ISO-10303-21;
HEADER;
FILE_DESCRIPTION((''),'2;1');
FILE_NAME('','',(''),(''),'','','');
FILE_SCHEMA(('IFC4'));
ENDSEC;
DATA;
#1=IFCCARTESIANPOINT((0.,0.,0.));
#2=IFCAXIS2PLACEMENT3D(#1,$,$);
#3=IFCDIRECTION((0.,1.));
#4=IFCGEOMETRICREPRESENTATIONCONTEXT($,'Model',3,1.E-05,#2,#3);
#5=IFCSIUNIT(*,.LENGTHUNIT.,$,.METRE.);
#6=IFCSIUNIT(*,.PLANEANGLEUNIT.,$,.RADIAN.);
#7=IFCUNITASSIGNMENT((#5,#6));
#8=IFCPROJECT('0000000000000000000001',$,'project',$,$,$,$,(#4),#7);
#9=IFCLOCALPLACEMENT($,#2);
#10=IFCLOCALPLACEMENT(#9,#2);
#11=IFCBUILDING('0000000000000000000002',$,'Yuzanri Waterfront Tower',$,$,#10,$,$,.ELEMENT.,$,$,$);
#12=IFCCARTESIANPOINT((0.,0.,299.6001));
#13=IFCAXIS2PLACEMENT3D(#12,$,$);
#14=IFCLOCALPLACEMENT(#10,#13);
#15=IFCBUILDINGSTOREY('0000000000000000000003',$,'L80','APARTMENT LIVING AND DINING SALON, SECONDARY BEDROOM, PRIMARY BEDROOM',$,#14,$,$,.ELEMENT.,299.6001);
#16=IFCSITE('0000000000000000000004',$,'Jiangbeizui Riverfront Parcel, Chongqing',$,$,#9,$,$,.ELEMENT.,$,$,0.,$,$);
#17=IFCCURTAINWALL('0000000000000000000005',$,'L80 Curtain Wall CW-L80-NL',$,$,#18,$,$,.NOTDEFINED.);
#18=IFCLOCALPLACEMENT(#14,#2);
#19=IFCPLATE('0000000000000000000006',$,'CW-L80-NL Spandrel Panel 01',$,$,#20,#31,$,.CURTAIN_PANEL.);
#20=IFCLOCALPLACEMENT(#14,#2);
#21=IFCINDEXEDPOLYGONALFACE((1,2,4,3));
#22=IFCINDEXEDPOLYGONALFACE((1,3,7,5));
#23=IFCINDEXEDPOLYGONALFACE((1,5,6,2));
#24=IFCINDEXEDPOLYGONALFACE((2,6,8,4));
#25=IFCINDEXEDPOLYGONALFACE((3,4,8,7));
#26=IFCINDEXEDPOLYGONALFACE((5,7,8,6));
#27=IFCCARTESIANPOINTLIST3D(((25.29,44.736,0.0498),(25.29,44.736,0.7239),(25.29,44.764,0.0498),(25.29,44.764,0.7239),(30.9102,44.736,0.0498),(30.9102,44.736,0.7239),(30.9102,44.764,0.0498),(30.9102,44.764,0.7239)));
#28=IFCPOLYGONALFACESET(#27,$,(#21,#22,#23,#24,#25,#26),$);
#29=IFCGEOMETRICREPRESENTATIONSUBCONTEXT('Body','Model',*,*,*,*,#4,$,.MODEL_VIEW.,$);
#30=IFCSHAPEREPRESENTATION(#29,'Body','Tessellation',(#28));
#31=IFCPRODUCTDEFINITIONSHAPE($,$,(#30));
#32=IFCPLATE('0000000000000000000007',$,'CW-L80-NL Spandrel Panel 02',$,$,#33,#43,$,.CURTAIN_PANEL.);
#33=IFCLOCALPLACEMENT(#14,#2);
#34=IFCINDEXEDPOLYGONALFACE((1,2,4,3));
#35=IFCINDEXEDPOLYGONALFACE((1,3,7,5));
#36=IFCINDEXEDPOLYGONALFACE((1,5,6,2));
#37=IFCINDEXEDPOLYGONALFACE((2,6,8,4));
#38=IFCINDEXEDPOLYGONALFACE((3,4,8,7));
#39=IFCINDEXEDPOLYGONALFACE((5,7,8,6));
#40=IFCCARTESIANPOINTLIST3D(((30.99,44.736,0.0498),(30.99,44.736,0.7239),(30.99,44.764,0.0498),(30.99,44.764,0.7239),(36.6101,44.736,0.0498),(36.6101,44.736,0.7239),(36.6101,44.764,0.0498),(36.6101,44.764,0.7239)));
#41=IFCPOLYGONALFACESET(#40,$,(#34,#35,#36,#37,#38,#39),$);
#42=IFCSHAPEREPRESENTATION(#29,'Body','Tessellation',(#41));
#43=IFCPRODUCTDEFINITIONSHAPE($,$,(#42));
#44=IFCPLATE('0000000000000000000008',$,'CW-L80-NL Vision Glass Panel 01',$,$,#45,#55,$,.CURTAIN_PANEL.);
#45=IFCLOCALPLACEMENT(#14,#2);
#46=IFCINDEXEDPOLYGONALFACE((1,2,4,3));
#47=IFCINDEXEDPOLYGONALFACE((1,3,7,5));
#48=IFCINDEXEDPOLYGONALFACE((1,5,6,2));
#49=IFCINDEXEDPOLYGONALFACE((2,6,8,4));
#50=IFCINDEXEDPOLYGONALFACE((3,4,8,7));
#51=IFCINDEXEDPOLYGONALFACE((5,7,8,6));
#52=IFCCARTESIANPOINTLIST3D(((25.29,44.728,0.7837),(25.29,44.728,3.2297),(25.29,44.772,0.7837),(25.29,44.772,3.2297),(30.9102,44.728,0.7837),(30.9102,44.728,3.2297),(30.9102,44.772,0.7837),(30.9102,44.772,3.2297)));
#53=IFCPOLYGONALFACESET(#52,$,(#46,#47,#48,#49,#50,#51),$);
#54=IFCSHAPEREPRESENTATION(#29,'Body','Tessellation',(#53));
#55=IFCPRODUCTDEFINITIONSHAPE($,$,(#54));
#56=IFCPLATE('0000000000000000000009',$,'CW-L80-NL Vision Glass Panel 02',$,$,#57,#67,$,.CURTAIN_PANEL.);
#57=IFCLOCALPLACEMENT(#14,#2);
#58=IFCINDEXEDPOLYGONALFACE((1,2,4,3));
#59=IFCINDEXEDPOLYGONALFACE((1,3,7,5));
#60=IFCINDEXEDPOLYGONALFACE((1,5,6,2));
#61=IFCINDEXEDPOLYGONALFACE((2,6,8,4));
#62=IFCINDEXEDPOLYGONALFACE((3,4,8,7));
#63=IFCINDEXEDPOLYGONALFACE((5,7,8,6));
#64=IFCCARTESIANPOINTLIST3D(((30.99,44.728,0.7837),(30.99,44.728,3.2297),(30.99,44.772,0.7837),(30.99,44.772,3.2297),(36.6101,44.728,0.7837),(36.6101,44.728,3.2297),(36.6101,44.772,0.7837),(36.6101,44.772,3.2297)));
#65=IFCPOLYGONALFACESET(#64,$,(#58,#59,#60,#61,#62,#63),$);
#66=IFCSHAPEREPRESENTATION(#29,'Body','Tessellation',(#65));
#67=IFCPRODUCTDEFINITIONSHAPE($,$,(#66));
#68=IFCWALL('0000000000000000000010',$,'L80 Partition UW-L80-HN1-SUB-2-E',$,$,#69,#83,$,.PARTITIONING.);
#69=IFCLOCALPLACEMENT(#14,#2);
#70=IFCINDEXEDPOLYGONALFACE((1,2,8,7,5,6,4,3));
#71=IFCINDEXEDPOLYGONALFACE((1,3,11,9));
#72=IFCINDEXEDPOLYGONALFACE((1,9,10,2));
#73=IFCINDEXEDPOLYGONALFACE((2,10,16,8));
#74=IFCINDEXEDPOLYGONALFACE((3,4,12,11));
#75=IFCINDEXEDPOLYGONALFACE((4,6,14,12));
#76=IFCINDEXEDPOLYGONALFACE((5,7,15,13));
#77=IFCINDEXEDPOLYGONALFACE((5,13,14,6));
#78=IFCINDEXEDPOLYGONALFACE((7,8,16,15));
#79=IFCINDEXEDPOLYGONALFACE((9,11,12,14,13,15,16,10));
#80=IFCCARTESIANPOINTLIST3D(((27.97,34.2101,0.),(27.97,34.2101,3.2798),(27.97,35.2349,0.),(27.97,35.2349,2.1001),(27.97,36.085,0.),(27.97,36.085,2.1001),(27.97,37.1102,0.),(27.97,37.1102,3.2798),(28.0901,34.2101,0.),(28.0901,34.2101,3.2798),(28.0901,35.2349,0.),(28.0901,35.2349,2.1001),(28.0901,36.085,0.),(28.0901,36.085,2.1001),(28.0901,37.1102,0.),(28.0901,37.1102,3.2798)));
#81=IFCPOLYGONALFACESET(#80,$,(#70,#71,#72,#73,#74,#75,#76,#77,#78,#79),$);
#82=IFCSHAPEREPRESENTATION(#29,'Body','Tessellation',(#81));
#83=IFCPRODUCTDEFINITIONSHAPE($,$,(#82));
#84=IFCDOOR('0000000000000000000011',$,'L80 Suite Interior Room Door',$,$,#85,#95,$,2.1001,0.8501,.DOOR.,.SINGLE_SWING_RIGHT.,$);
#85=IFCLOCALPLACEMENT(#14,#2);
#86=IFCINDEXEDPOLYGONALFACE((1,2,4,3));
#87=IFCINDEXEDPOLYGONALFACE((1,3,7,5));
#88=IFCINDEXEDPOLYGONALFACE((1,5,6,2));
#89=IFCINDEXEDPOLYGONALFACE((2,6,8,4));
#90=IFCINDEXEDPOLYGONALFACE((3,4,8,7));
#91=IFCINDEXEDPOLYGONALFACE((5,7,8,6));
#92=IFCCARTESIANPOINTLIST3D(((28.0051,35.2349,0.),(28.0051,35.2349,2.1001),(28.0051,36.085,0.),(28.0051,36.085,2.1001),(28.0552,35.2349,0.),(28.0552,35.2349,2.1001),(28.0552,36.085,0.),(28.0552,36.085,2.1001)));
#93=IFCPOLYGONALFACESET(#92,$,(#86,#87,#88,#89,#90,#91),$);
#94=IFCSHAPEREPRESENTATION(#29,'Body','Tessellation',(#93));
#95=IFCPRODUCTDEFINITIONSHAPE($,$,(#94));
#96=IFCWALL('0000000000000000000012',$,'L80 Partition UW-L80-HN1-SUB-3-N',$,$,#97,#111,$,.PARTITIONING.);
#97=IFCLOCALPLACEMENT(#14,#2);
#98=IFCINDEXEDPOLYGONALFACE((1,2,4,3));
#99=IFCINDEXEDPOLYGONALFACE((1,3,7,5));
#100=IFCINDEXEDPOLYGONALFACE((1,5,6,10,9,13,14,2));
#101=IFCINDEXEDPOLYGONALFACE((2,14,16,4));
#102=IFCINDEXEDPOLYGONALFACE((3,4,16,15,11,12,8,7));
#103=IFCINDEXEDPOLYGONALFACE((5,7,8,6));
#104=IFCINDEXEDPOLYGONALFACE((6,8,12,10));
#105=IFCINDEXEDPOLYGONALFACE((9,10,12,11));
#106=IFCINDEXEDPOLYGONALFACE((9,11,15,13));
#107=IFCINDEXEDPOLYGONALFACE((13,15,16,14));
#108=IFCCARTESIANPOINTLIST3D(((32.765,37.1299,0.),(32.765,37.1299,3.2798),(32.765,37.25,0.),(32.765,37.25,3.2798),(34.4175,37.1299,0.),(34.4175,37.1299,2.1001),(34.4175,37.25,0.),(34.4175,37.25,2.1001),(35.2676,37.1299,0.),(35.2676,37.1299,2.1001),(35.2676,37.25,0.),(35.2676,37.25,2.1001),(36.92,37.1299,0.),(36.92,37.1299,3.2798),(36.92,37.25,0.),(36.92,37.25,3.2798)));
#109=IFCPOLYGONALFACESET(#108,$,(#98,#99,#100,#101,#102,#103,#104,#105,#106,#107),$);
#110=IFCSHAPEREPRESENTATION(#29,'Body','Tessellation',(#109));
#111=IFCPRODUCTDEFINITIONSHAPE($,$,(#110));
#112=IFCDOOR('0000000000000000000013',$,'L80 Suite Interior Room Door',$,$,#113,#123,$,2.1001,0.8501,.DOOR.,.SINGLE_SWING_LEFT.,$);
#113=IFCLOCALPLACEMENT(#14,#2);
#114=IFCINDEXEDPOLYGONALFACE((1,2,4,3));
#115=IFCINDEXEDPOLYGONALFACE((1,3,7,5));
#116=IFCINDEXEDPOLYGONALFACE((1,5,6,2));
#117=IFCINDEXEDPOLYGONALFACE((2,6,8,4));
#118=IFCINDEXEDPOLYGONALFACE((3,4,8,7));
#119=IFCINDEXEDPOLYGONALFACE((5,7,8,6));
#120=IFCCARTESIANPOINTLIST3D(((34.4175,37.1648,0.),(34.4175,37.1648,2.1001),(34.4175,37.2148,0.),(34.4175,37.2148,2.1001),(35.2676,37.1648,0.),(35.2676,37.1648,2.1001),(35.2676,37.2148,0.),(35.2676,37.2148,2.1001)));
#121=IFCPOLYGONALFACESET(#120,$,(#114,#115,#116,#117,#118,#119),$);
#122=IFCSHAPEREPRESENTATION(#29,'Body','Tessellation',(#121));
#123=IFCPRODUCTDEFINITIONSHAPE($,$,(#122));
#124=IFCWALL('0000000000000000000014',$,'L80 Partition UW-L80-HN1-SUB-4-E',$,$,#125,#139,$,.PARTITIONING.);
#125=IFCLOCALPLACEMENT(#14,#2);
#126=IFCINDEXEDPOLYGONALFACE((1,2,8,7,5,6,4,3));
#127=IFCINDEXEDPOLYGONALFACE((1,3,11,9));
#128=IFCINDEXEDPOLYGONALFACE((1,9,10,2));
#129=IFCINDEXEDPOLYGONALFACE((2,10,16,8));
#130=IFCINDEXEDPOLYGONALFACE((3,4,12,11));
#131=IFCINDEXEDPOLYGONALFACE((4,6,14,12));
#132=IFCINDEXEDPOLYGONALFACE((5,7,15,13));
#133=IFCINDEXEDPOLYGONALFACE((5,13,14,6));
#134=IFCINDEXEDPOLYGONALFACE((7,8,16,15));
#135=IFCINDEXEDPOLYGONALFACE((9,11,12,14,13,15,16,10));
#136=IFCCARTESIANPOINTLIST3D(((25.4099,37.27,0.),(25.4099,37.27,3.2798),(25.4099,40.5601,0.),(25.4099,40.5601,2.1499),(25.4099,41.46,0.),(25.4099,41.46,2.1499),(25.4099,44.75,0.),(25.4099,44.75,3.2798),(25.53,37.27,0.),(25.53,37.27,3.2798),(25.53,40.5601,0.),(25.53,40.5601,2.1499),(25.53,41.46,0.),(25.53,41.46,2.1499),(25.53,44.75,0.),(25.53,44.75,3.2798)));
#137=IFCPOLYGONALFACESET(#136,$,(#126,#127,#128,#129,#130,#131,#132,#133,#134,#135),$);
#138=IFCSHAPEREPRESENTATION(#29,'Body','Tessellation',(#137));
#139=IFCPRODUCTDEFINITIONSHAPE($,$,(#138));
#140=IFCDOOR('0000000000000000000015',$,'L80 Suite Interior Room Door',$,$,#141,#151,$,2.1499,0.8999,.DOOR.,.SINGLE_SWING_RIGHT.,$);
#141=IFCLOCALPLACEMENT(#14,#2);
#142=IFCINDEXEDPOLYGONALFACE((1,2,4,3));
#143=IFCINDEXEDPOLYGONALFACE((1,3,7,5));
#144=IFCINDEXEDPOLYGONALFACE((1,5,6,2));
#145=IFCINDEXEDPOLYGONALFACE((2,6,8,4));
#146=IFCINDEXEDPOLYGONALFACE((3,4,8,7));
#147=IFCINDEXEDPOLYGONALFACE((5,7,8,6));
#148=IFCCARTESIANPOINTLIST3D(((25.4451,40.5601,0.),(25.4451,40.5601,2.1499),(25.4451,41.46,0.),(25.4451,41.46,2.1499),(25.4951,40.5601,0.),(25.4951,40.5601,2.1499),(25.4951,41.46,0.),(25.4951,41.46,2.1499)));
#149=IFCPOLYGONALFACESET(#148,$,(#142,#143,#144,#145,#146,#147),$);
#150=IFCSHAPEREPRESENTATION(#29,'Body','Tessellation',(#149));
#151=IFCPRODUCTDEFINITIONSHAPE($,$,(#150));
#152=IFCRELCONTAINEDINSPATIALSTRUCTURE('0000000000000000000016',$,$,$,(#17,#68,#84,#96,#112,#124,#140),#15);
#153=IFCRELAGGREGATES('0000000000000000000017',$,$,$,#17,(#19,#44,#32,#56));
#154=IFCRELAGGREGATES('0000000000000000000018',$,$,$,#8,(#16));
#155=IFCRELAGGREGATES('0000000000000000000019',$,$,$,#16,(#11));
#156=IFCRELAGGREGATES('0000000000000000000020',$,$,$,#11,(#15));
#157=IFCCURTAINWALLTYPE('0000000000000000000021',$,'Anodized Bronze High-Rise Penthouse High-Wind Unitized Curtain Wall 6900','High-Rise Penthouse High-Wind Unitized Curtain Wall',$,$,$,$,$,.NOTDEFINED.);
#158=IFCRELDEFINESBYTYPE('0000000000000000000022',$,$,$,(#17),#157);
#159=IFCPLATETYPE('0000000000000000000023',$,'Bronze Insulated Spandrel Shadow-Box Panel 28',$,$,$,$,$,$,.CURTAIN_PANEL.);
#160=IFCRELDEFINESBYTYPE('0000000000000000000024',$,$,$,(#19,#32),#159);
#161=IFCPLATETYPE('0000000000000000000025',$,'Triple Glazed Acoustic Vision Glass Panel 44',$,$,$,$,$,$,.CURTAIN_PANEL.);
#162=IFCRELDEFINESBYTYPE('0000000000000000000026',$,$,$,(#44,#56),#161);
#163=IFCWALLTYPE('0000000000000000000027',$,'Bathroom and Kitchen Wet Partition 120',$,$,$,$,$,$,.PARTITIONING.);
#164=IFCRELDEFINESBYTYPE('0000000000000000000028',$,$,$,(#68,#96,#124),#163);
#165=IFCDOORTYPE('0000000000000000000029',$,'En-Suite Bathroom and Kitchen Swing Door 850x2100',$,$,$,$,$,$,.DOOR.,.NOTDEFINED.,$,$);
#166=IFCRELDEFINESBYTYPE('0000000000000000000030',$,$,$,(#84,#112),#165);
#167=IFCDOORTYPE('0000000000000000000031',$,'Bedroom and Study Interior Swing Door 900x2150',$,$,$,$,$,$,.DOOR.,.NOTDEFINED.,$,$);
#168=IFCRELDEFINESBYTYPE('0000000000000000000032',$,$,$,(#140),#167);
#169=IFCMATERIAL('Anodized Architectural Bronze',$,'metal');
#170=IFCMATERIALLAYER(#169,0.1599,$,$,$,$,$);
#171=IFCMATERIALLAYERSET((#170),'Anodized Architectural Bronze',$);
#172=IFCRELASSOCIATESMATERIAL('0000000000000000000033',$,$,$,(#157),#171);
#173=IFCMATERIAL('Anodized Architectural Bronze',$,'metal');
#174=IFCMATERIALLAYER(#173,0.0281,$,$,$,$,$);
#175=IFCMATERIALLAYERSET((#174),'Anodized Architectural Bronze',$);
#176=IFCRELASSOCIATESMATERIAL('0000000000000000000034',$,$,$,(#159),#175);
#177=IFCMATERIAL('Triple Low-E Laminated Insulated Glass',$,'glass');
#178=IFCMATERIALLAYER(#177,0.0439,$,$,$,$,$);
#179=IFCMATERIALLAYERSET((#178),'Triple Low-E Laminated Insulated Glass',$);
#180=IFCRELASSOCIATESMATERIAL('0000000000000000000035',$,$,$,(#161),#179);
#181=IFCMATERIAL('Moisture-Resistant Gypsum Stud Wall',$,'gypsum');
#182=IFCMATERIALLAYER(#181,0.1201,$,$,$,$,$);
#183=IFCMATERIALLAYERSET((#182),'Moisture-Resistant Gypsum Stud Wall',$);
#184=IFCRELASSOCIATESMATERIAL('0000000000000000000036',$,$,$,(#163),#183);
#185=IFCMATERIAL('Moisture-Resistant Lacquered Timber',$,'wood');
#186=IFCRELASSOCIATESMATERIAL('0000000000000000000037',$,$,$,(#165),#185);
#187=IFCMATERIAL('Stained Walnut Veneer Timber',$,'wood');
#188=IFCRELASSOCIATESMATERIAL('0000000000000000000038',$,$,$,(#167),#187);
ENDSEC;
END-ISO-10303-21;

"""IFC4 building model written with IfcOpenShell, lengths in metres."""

from ifc_helpers import new_model, si_unit, direction, frame, frame_2d, origin, origin_2d, place, context, subcontext, project, spatial, rectangle, extrude, source, transform, mapped, material, layer, layer_set, type_object, element, fill, aggregate, save


model = new_model("IFC4")

# Units and contexts
model_context = context("Model", 3, precision=1e-05, world=origin(), true_north=direction((0.0, 1.0)))
body_context = subcontext(model_context, "Body", "Model", "MODEL_VIEW")
ifc_project = project(units=[si_unit("LENGTHUNIT", "METRE"), si_unit("PLANEANGLEUNIT", "RADIAN")], contexts=[model_context])

# Site, building, storey
site_placement = place(None, origin())
site = spatial("IfcSite", under=ifc_project, at=site_placement, Name="Jiangbeizui Riverfront Parcel, Chongqing", CompositionType="ELEMENT", RefElevation=0.0)
building_placement = place(site_placement, origin())
building = spatial("IfcBuilding", under=site, at=building_placement, Name="Yuzanri Waterfront Tower", CompositionType="ELEMENT")
storey_placement = place(building_placement, frame((0.0, 0.0, 299.6001)))
storey = spatial("IfcBuildingStorey", under=building, at=storey_placement, Name="L80", Description="APARTMENT LIVING AND DINING SALON, SECONDARY BEDROOM, PRIMARY BEDROOM", CompositionType="ELEMENT", Elevation=299.6001)

# Curtain wall, plates
ifc_material_1 = material(Name="Anodized Architectural Bronze", Category="metal")
ifc_layer_1 = layer(ifc_material_1, 0.1599)
ifc_layer_set_1 = layer_set([ifc_layer_1], Name="Anodized Architectural Bronze")
curtain_wall_type = type_object("IfcCurtainWallType", Name="Anodized Bronze High-Rise Penthouse High-Wind Unitized Curtain Wall 6900", Description="High-Rise Penthouse High-Wind Unitized Curtain Wall", PredefinedType="NOTDEFINED", material=ifc_layer_set_1)
curtain_wall_placement = place(storey_placement, origin())
curtain_wall = element("IfcCurtainWall", 1, at=curtain_wall_placement, inside=storey, type_object=curtain_wall_type, Name="L80 Curtain Wall CW-L80-NL", PredefinedType="NOTDEFINED")
ifc_material_2 = material(Name="Anodized Architectural Bronze", Category="metal")
ifc_layer_2 = layer(ifc_material_2, 0.0281)
ifc_layer_set_2 = layer_set([ifc_layer_2], Name="Anodized Architectural Bronze")
plate_type_1 = type_object("IfcPlateType", Name="Bronze Insulated Spandrel Shadow-Box Panel 28", PredefinedType="CURTAIN_PANEL", material=ifc_layer_set_2)
shared_shape_1 = source(origin(), body_context, "Body", "SweptSolid", [
    extrude(rectangle(XDim=5.6201, YDim=0.0281, at=origin_2d()), origin(), (0.0, 0.0, 1.0), 0.6741),
])
plate_1_placement = place(storey_placement, frame((28.1001, 44.75, 0.0498), z_axis=(0.0, 0.0, 1.0), x_axis=(1.0, 0.0, 0.0)))
plate_1 = element("IfcPlate", 2, at=plate_1_placement, type_object=plate_type_1, Name="CW-L80-NL Spandrel Panel 01", PredefinedType="CURTAIN_PANEL", context=body_context, shape_type="MappedRepresentation", body=[
    mapped(shared_shape_1, transform((0.0, 0.0, 0.0), scale=1.0)),
])
plate_2_placement = place(storey_placement, frame((33.8, 44.75, 0.0498), z_axis=(0.0, 0.0, 1.0), x_axis=(1.0, 0.0, 0.0)))
plate_2 = element("IfcPlate", 3, at=plate_2_placement, type_object=plate_type_1, Name="CW-L80-NL Spandrel Panel 02", PredefinedType="CURTAIN_PANEL", context=body_context, shape_type="MappedRepresentation", body=[
    mapped(shared_shape_1, transform((0.0, 0.0, 0.0), scale=1.0)),
])
ifc_material_3 = material(Name="Triple Low-E Laminated Insulated Glass", Category="glass")
ifc_layer_3 = layer(ifc_material_3, 0.0439)
ifc_layer_set_3 = layer_set([ifc_layer_3], Name="Triple Low-E Laminated Insulated Glass")
plate_type_2 = type_object("IfcPlateType", Name="Triple Glazed Acoustic Vision Glass Panel 44", PredefinedType="CURTAIN_PANEL", material=ifc_layer_set_3)
shared_shape_2 = source(origin(), body_context, "Body", "SweptSolid", [
    extrude(rectangle(XDim=5.6201, YDim=0.0439, at=origin_2d()), origin(), (0.0, 0.0, 1.0), 2.446),
])
plate_3_placement = place(storey_placement, frame((28.1001, 44.75, 0.7837), z_axis=(0.0, 0.0, 1.0), x_axis=(1.0, 0.0, 0.0)))
plate_3 = element("IfcPlate", 4, at=plate_3_placement, type_object=plate_type_2, Name="CW-L80-NL Vision Glass Panel 01", PredefinedType="CURTAIN_PANEL", context=body_context, shape_type="MappedRepresentation", body=[
    mapped(shared_shape_2, transform((0.0, 0.0, 0.0), scale=1.0)),
])
plate_4_placement = place(storey_placement, frame((33.8, 44.75, 0.7837), z_axis=(0.0, 0.0, 1.0), x_axis=(1.0, 0.0, 0.0)))
plate_4 = element("IfcPlate", 5, at=plate_4_placement, type_object=plate_type_2, Name="CW-L80-NL Vision Glass Panel 02", PredefinedType="CURTAIN_PANEL", context=body_context, shape_type="MappedRepresentation", body=[
    mapped(shared_shape_2, transform((0.0, 0.0, 0.0), scale=1.0)),
])
aggregate(curtain_wall, [plate_1, plate_3, plate_2, plate_4])

# Walls, openings, doors
ifc_material_4 = material(Name="Moisture-Resistant Gypsum Stud Wall", Category="gypsum")
ifc_layer_4 = layer(ifc_material_4, 0.1201)
ifc_layer_set_4 = layer_set([ifc_layer_4], Name="Moisture-Resistant Gypsum Stud Wall")
wall_type = type_object("IfcWallType", Name="Bathroom and Kitchen Wet Partition 120", PredefinedType="PARTITIONING", material=ifc_layer_set_4)
wall_1_placement = place(storey_placement, frame((28.03, 34.21, 0.0), z_axis=(0.0, 0.0, 1.0), x_axis=(0.0, 1.0, 0.0)))
wall_1 = element("IfcWall", 6, at=wall_1_placement, inside=storey, type_object=wall_type, Name="L80 Partition UW-L80-HN1-SUB-2-E", PredefinedType="PARTITIONING", context=body_context, shape_type="SweptSolid", body=[
    extrude(rectangle(XDim=2.9001, YDim=0.1201, at=frame_2d((1.4502, 0.0))), origin(), (0.0, 0.0, 1.0), 3.2798),
])
opening_1_placement = place(wall_1_placement, frame((1.0249, 0.0, 0.0)))
opening_1 = element("IfcOpeningElement", 7, at=opening_1_placement, cuts=wall_1, PredefinedType="OPENING", context=body_context, shape_type="SweptSolid", body=[
    extrude(rectangle(XDim=0.8501, YDim=2.1001, at=frame_2d((0.425, 1.05))), frame((0.0, 0.075, 0.0), z_axis=(0.0, -1.0, 0.0), x_axis=(1.0, 0.0, 0.0)), (0.0, 0.0, 1.0), 0.1499),
])
ifc_material_5 = material(Name="Moisture-Resistant Lacquered Timber", Category="wood")
door_type_1 = type_object("IfcDoorType", Name="En-Suite Bathroom and Kitchen Swing Door 850x2100", OperationType="NOTDEFINED", PredefinedType="DOOR", material=ifc_material_5)
shared_shape_3 = source(origin(), body_context, "Body", "SweptSolid", [
    extrude(rectangle(XDim=0.8501, YDim=2.1001, at=frame_2d((0.425, 1.05))), frame((0.0, 0.0249, 0.0), z_axis=(0.0, -1.0, 0.0), x_axis=(1.0, 0.0, 0.0)), (0.0, 0.0, 1.0), 0.05),
])
door_1_placement = place(opening_1_placement, origin())
door_1 = element("IfcDoor", 8, at=door_1_placement, inside=storey, type_object=door_type_1, Name="L80 Suite Interior Room Door", OperationType="SINGLE_SWING_RIGHT", OverallHeight=2.1001, OverallWidth=0.8501, PredefinedType="DOOR", context=body_context, shape_type="MappedRepresentation", body=[
    mapped(shared_shape_3, transform((0.0, 0.0, 0.0), scale=1.0)),
])
fill(opening_1, door_1)
wall_2_placement = place(storey_placement, frame((32.7649, 37.1899, 0.0), z_axis=(0.0, 0.0, 1.0), x_axis=(1.0, 0.0, 0.0)))
wall_2 = element("IfcWall", 9, at=wall_2_placement, inside=storey, type_object=wall_type, Name="L80 Partition UW-L80-HN1-SUB-3-N", PredefinedType="PARTITIONING", context=body_context, shape_type="SweptSolid", body=[
    extrude(rectangle(XDim=4.155, YDim=0.1201, at=frame_2d((2.0776, 0.0))), origin(), (0.0, 0.0, 1.0), 3.2798),
])
opening_2_placement = place(wall_2_placement, frame((1.6526, 0.0, 0.0)))
opening_2 = element("IfcOpeningElement", 10, at=opening_2_placement, cuts=wall_2, PredefinedType="OPENING", context=body_context, shape_type="SweptSolid", body=[
    extrude(rectangle(XDim=0.8501, YDim=2.1001, at=frame_2d((0.425, 1.05))), frame((0.0, 0.075, 0.0), z_axis=(0.0, -1.0, 0.0), x_axis=(1.0, 0.0, 0.0)), (0.0, 0.0, 1.0), 0.1499),
])
door_2_placement = place(opening_2_placement, origin())
door_2 = element("IfcDoor", 11, at=door_2_placement, inside=storey, type_object=door_type_1, Name="L80 Suite Interior Room Door", OperationType="SINGLE_SWING_LEFT", OverallHeight=2.1001, OverallWidth=0.8501, PredefinedType="DOOR", context=body_context, shape_type="MappedRepresentation", body=[
    mapped(shared_shape_3, transform((0.0, 0.0, 0.0), scale=1.0)),
])
fill(opening_2, door_2)
wall_3_placement = place(storey_placement, frame((25.47, 37.27, 0.0), z_axis=(0.0, 0.0, 1.0), x_axis=(0.0, 1.0, 0.0)))
wall_3 = element("IfcWall", 12, at=wall_3_placement, inside=storey, type_object=wall_type, Name="L80 Partition UW-L80-HN1-SUB-4-E", PredefinedType="PARTITIONING", context=body_context, shape_type="SweptSolid", body=[
    extrude(rectangle(XDim=7.48, YDim=0.1201, at=frame_2d((3.74, 0.0))), origin(), (0.0, 0.0, 1.0), 3.2798),
])
opening_3_placement = place(wall_3_placement, frame((3.29, 0.0, 0.0)))
opening_3 = element("IfcOpeningElement", 13, at=opening_3_placement, cuts=wall_3, PredefinedType="OPENING", context=body_context, shape_type="SweptSolid", body=[
    extrude(rectangle(XDim=0.8999, YDim=2.1499, at=frame_2d((0.45, 1.075))), frame((0.0, 0.075, 0.0), z_axis=(0.0, -1.0, 0.0), x_axis=(1.0, 0.0, 0.0)), (0.0, 0.0, 1.0), 0.1499),
])
ifc_material_6 = material(Name="Stained Walnut Veneer Timber", Category="wood")
door_type_2 = type_object("IfcDoorType", Name="Bedroom and Study Interior Swing Door 900x2150", OperationType="NOTDEFINED", PredefinedType="DOOR", material=ifc_material_6)
shared_shape_4 = source(origin(), body_context, "Body", "SweptSolid", [
    extrude(rectangle(XDim=0.8999, YDim=2.1499, at=frame_2d((0.45, 1.075))), frame((0.0, 0.0249, 0.0), z_axis=(0.0, -1.0, 0.0), x_axis=(1.0, 0.0, 0.0)), (0.0, 0.0, 1.0), 0.05),
])
door_3_placement = place(opening_3_placement, origin())
door_3 = element("IfcDoor", 14, at=door_3_placement, inside=storey, type_object=door_type_2, Name="L80 Suite Interior Room Door", OperationType="SINGLE_SWING_RIGHT", OverallHeight=2.1499, OverallWidth=0.8999, PredefinedType="DOOR", context=body_context, shape_type="MappedRepresentation", body=[
    mapped(shared_shape_4, transform((0.0, 0.0, 0.0), scale=1.0)),
])
fill(opening_3, door_3)

save(model, "model.ifc")
